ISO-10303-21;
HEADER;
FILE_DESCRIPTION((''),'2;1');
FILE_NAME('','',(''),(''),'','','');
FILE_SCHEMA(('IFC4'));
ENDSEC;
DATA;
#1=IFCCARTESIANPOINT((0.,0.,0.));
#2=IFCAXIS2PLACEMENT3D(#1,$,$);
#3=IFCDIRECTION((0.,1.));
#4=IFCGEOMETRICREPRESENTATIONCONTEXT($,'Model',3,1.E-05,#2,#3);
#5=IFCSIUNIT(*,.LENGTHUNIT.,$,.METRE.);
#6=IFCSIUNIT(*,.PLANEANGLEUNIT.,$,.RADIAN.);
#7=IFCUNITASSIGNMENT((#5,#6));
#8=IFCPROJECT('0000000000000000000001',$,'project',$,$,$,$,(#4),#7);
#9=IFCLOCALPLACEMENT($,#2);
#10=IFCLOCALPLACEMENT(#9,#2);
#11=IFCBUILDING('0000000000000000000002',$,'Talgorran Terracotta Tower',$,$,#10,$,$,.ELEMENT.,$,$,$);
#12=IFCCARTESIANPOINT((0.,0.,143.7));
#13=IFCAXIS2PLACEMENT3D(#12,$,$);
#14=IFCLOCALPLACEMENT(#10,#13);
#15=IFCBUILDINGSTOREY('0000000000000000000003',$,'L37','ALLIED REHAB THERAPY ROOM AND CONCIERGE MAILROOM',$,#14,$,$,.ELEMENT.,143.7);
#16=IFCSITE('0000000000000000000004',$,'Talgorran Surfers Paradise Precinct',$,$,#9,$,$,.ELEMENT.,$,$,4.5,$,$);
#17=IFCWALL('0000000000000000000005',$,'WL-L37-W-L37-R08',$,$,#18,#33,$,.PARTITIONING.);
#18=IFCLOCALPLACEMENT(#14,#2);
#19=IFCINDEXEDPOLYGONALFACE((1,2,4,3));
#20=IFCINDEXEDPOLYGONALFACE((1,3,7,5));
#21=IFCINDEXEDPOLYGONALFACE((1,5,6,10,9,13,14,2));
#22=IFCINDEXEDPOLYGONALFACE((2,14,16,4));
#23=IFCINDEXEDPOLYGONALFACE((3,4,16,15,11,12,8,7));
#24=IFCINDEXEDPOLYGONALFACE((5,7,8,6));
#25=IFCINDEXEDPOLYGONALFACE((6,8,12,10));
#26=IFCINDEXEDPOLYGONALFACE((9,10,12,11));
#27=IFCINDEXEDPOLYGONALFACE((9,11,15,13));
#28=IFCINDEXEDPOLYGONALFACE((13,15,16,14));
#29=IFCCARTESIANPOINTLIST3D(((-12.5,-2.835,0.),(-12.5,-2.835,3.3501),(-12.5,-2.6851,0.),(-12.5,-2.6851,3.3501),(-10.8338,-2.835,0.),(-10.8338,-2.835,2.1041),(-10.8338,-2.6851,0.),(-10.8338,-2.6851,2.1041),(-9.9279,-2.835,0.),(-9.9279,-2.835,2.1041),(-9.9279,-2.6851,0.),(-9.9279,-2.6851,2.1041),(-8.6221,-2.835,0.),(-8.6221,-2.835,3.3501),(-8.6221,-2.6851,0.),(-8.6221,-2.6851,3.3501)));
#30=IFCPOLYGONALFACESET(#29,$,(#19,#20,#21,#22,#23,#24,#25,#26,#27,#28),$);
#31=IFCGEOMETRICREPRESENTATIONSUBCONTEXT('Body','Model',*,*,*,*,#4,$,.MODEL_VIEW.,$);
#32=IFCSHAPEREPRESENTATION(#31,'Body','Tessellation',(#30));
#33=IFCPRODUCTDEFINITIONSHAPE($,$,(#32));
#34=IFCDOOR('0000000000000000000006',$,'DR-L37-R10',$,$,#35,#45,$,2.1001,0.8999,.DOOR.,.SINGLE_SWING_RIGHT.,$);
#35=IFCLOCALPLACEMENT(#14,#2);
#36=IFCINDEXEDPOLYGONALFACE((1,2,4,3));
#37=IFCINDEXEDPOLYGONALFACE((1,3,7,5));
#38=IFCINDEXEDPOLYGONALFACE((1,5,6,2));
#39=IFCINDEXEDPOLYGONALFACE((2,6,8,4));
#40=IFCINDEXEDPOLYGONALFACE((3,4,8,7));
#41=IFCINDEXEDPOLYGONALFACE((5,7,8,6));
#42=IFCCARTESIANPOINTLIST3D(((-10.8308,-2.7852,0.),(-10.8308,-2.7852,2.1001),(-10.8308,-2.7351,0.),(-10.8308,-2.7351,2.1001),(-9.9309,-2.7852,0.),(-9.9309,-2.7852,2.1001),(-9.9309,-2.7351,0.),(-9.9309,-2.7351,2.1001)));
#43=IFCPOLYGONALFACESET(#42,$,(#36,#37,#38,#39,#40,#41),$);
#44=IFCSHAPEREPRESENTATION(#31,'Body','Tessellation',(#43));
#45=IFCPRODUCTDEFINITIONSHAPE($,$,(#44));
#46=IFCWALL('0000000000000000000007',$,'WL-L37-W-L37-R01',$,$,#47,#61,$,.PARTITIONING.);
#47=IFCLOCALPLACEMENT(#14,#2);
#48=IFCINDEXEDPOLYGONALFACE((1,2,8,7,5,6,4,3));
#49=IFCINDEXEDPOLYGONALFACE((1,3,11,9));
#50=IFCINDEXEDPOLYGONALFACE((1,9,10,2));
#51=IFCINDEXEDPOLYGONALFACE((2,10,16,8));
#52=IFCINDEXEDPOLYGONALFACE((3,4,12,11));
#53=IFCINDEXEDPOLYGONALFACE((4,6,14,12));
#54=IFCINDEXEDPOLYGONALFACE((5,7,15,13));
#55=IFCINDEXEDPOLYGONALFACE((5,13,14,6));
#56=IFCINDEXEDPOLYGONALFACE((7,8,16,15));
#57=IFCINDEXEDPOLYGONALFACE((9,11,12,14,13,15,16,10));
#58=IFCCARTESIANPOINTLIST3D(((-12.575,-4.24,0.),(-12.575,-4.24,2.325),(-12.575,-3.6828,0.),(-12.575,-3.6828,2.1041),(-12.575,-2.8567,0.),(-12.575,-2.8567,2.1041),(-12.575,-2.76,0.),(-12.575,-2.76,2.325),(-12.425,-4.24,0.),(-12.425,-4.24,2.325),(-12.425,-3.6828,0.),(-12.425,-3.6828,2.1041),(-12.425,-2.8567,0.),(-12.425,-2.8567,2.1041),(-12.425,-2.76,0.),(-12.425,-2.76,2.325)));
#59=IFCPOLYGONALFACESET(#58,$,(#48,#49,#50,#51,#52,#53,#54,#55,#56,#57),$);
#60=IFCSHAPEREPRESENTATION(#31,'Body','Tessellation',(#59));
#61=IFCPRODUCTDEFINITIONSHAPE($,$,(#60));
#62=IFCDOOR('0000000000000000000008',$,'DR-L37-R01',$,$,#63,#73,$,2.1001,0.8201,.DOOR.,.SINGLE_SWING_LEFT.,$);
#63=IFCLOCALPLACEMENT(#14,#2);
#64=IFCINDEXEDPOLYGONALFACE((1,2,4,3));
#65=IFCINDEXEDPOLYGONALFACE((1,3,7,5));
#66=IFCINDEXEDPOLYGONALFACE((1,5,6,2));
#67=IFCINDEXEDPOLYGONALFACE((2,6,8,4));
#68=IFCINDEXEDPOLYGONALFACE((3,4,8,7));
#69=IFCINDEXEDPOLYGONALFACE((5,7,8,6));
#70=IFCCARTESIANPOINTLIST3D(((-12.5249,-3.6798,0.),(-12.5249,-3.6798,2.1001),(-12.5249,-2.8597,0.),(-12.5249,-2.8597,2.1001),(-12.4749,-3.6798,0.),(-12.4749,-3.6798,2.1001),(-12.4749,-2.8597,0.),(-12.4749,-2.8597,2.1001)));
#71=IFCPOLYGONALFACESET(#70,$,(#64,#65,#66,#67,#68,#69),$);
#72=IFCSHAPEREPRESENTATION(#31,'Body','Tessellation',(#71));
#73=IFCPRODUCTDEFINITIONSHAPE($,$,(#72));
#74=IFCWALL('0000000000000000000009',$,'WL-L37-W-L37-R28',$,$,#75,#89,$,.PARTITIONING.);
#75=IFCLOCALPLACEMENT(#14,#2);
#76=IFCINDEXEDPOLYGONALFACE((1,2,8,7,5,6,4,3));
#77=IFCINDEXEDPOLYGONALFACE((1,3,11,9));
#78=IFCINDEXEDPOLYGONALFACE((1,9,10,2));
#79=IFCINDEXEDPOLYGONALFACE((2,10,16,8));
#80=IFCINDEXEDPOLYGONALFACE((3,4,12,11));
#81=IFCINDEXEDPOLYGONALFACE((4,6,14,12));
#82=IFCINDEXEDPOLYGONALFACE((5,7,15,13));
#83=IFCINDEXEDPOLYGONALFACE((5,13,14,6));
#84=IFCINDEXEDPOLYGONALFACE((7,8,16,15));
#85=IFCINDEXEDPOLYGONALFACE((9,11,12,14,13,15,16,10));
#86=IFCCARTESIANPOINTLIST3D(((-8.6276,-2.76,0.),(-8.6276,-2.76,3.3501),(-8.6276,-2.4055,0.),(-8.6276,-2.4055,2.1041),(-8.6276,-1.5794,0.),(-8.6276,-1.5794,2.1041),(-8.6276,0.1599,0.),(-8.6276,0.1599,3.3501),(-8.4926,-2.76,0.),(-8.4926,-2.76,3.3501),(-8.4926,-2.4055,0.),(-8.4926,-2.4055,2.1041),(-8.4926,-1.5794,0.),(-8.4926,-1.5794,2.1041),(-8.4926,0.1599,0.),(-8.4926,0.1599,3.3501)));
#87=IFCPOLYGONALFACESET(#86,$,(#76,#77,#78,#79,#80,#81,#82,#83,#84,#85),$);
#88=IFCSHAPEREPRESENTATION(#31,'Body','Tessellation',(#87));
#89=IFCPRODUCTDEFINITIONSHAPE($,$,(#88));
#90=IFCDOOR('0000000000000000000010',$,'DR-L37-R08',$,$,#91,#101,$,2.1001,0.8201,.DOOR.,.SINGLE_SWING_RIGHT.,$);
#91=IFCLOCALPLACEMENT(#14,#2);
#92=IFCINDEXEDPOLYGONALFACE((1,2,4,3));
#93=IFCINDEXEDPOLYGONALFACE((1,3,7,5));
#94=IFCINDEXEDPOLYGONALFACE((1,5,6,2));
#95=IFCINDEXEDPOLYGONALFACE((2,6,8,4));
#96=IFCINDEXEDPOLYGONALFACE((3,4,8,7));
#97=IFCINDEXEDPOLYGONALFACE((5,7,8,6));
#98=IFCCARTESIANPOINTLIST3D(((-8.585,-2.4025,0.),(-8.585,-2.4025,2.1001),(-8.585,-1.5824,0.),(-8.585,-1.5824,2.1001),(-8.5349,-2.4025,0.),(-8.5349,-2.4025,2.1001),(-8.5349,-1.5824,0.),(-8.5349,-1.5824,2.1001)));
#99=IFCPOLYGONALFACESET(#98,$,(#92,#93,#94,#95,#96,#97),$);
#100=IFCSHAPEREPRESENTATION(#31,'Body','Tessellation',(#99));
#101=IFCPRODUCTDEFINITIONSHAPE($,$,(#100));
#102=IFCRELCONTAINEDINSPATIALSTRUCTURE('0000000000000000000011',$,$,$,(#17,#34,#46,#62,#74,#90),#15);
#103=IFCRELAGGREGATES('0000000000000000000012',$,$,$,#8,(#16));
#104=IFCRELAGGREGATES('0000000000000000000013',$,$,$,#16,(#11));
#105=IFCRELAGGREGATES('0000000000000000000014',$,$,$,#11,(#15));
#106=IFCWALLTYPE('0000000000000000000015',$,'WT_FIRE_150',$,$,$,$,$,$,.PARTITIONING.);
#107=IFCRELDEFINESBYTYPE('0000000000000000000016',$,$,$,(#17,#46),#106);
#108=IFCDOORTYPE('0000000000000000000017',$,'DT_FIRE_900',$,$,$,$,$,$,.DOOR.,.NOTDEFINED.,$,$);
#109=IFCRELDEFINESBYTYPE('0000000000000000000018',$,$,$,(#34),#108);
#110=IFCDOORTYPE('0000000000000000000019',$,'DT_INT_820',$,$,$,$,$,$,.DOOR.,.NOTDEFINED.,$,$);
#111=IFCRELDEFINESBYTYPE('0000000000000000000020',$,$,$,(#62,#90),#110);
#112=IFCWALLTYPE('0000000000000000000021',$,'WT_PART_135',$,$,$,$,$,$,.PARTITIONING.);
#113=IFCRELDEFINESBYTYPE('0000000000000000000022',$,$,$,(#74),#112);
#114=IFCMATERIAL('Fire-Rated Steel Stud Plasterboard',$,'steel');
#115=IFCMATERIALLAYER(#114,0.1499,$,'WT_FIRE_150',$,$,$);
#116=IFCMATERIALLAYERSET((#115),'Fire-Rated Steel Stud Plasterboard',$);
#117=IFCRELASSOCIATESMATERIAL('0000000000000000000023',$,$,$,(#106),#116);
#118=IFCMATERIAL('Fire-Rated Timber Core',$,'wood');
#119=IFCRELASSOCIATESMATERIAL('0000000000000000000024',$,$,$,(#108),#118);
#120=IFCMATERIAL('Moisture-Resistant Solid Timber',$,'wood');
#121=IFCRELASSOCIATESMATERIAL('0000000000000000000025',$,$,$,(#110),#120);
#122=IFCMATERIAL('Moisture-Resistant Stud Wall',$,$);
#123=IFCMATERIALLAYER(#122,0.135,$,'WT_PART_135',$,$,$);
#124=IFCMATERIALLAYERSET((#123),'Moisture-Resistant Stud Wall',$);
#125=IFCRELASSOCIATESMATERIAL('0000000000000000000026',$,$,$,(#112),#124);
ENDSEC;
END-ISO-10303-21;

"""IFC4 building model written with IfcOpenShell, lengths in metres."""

from ifc_helpers import new_model, si_unit, direction, frame, frame_2d, origin, place, context, subcontext, project, spatial, rectangle, extrude, material, layer, layer_set, type_object, element, fill, save


model = new_model("IFC4")

# Units and contexts
model_context = context("Model", 3, precision=1e-05, world=origin(), true_north=direction((0.0, 1.0)))
body_context = subcontext(model_context, "Body", "Model", "MODEL_VIEW")
ifc_project = project(units=[si_unit("LENGTHUNIT", "METRE"), si_unit("PLANEANGLEUNIT", "RADIAN")], contexts=[model_context])

# Site, building, storey
site_placement = place(None, origin())
site = spatial("IfcSite", under=ifc_project, at=site_placement, Name="Talgorran Surfers Paradise Precinct", CompositionType="ELEMENT", RefElevation=4.5)
building_placement = place(site_placement, origin())
building = spatial("IfcBuilding", under=site, at=building_placement, Name="Talgorran Terracotta Tower", CompositionType="ELEMENT")
storey_placement = place(building_placement, frame((0.0, 0.0, 143.7)))
storey = spatial("IfcBuildingStorey", under=building, at=storey_placement, Name="L37", Description="ALLIED REHAB THERAPY ROOM AND CONCIERGE MAILROOM", CompositionType="ELEMENT", Elevation=143.7)

# Shared definitions
ifc_material_1 = material(Name="Fire-Rated Steel Stud Plasterboard", Category="steel")
ifc_layer_1 = layer(ifc_material_1, 0.1499, Name="WT_FIRE_150")
ifc_layer_set_1 = layer_set([ifc_layer_1], Name="Fire-Rated Steel Stud Plasterboard")
wall_type_1 = type_object("IfcWallType", Name="WT_FIRE_150", PredefinedType="PARTITIONING", material=ifc_layer_set_1)

# Walls, openings, doors
wall_1_placement = place(storey_placement, frame((-12.5, -2.76, 0.0), z_axis=(0.0, 0.0, 1.0), x_axis=(1.0, 0.0, 0.0)))
wall_1 = element("IfcWall", 1, at=wall_1_placement, inside=storey, type_object=wall_type_1, Name="WL-L37-W-L37-R08", PredefinedType="PARTITIONING", context=body_context, shape_type="SweptSolid", body=[
    extrude(rectangle(XDim=3.8779, YDim=0.1499, at=frame_2d((1.939, 0.0))), origin(), (0.0, 0.0, 1.0), 3.3501),
])
opening_1_placement = place(wall_1_placement, frame((1.6692, 0.0, 0.0)))
opening_1 = element("IfcOpeningElement", 2, at=opening_1_placement, cuts=wall_1, PredefinedType="OPENING", context=body_context, shape_type="SweptSolid", body=[
    extrude(rectangle(XDim=0.9059, YDim=2.1041, at=frame_2d((0.45, 1.052))), frame((0.0, 0.085, 0.0), z_axis=(0.0, -1.0, 0.0), x_axis=(1.0, 0.0, 0.0)), (0.0, 0.0, 1.0), 0.1699),
])
ifc_material_2 = material(Name="Fire-Rated Timber Core", Category="wood")
door_type_1 = type_object("IfcDoorType", Name="DT_FIRE_900", OperationType="NOTDEFINED", PredefinedType="DOOR", material=ifc_material_2)
door_1_placement = place(opening_1_placement, origin())
door_1 = element("IfcDoor", 3, at=door_1_placement, inside=storey, type_object=door_type_1, Name="DR-L37-R10", OperationType="SINGLE_SWING_RIGHT", OverallHeight=2.1001, OverallWidth=0.8999, PredefinedType="DOOR", context=body_context, shape_type="SweptSolid", body=[
    extrude(rectangle(XDim=0.8999, YDim=2.1001, at=frame_2d((0.45, 1.05))), frame((0.0, 0.0249, 0.0), z_axis=(0.0, -1.0, 0.0), x_axis=(1.0, 0.0, 0.0)), (0.0, 0.0, 1.0), 0.05),
])
fill(opening_1, door_1)
wall_2_placement = place(storey_placement, frame((-12.5, -4.24, 0.0), z_axis=(0.0, 0.0, 1.0), x_axis=(0.0, 1.0, 0.0)))
wall_2 = element("IfcWall", 4, at=wall_2_placement, inside=storey, type_object=wall_type_1, Name="WL-L37-W-L37-R01", PredefinedType="PARTITIONING", context=body_context, shape_type="SweptSolid", body=[
    extrude(rectangle(XDim=1.48, YDim=0.1499, at=frame_2d((0.74, 0.0))), origin(), (0.0, 0.0, 1.0), 2.325),
])
opening_2_placement = place(wall_2_placement, frame((0.5601, 0.0, 0.0)))
opening_2 = element("IfcOpeningElement", 5, at=opening_2_placement, cuts=wall_2, PredefinedType="OPENING", context=body_context, shape_type="SweptSolid", body=[
    extrude(rectangle(XDim=0.8261, YDim=2.1041, at=frame_2d((0.4102, 1.052))), frame((0.0, 0.085, 0.0), z_axis=(0.0, -1.0, 0.0), x_axis=(1.0, 0.0, 0.0)), (0.0, 0.0, 1.0), 0.1699),
])
ifc_material_3 = material(Name="Moisture-Resistant Solid Timber", Category="wood")
door_type_2 = type_object("IfcDoorType", Name="DT_INT_820", OperationType="NOTDEFINED", PredefinedType="DOOR", material=ifc_material_3)
door_2_placement = place(opening_2_placement, origin())
door_2 = element("IfcDoor", 6, at=door_2_placement, inside=storey, type_object=door_type_2, Name="DR-L37-R01", OperationType="SINGLE_SWING_LEFT", OverallHeight=2.1001, OverallWidth=0.8201, PredefinedType="DOOR", context=body_context, shape_type="SweptSolid", body=[
    extrude(rectangle(XDim=0.8201, YDim=2.1001, at=frame_2d((0.4102, 1.05))), frame((0.0, 0.0249, 0.0), z_axis=(0.0, -1.0, 0.0), x_axis=(1.0, 0.0, 0.0)), (0.0, 0.0, 1.0), 0.05),
])
fill(opening_2, door_2)
ifc_material_4 = material(Name="Moisture-Resistant Stud Wall")
ifc_layer_2 = layer(ifc_material_4, 0.135, Name="WT_PART_135")
ifc_layer_set_2 = layer_set([ifc_layer_2], Name="Moisture-Resistant Stud Wall")
wall_type_2 = type_object("IfcWallType", Name="WT_PART_135", PredefinedType="PARTITIONING", material=ifc_layer_set_2)
wall_3_placement = place(storey_placement, frame((-8.5601, -2.76, 0.0), z_axis=(0.0, 0.0, 1.0), x_axis=(0.0, 1.0, 0.0)))
wall_3 = element("IfcWall", 7, at=wall_3_placement, inside=storey, type_object=wall_type_2, Name="WL-L37-W-L37-R28", PredefinedType="PARTITIONING", context=body_context, shape_type="SweptSolid", body=[
    extrude(rectangle(XDim=2.9199, YDim=0.135, at=frame_2d((1.46, 0.0))), origin(), (0.0, 0.0, 1.0), 3.3501),
])
opening_3_placement = place(wall_3_placement, frame((0.3574, 0.0, 0.0)))
opening_3 = element("IfcOpeningElement", 8, at=opening_3_placement, cuts=wall_3, PredefinedType="OPENING", context=body_context, shape_type="SweptSolid", body=[
    extrude(rectangle(XDim=0.8261, YDim=2.1041, at=frame_2d((0.4102, 1.052))), frame((0.0, 0.0776, 0.0), z_axis=(0.0, -1.0, 0.0), x_axis=(1.0, 0.0, 0.0)), (0.0, 0.0, 1.0), 0.155),
])
door_3_placement = place(opening_3_placement, origin())
door_3 = element("IfcDoor", 9, at=door_3_placement, inside=storey, type_object=door_type_2, Name="DR-L37-R08", OperationType="SINGLE_SWING_RIGHT", OverallHeight=2.1001, OverallWidth=0.8201, PredefinedType="DOOR", context=body_context, shape_type="SweptSolid", body=[
    extrude(rectangle(XDim=0.8201, YDim=2.1001, at=frame_2d((0.4102, 1.05))), frame((0.0, 0.0249, 0.0), z_axis=(0.0, -1.0, 0.0), x_axis=(1.0, 0.0, 0.0)), (0.0, 0.0, 1.0), 0.05),
])
fill(opening_3, door_3)

save(model, "model.ifc")
